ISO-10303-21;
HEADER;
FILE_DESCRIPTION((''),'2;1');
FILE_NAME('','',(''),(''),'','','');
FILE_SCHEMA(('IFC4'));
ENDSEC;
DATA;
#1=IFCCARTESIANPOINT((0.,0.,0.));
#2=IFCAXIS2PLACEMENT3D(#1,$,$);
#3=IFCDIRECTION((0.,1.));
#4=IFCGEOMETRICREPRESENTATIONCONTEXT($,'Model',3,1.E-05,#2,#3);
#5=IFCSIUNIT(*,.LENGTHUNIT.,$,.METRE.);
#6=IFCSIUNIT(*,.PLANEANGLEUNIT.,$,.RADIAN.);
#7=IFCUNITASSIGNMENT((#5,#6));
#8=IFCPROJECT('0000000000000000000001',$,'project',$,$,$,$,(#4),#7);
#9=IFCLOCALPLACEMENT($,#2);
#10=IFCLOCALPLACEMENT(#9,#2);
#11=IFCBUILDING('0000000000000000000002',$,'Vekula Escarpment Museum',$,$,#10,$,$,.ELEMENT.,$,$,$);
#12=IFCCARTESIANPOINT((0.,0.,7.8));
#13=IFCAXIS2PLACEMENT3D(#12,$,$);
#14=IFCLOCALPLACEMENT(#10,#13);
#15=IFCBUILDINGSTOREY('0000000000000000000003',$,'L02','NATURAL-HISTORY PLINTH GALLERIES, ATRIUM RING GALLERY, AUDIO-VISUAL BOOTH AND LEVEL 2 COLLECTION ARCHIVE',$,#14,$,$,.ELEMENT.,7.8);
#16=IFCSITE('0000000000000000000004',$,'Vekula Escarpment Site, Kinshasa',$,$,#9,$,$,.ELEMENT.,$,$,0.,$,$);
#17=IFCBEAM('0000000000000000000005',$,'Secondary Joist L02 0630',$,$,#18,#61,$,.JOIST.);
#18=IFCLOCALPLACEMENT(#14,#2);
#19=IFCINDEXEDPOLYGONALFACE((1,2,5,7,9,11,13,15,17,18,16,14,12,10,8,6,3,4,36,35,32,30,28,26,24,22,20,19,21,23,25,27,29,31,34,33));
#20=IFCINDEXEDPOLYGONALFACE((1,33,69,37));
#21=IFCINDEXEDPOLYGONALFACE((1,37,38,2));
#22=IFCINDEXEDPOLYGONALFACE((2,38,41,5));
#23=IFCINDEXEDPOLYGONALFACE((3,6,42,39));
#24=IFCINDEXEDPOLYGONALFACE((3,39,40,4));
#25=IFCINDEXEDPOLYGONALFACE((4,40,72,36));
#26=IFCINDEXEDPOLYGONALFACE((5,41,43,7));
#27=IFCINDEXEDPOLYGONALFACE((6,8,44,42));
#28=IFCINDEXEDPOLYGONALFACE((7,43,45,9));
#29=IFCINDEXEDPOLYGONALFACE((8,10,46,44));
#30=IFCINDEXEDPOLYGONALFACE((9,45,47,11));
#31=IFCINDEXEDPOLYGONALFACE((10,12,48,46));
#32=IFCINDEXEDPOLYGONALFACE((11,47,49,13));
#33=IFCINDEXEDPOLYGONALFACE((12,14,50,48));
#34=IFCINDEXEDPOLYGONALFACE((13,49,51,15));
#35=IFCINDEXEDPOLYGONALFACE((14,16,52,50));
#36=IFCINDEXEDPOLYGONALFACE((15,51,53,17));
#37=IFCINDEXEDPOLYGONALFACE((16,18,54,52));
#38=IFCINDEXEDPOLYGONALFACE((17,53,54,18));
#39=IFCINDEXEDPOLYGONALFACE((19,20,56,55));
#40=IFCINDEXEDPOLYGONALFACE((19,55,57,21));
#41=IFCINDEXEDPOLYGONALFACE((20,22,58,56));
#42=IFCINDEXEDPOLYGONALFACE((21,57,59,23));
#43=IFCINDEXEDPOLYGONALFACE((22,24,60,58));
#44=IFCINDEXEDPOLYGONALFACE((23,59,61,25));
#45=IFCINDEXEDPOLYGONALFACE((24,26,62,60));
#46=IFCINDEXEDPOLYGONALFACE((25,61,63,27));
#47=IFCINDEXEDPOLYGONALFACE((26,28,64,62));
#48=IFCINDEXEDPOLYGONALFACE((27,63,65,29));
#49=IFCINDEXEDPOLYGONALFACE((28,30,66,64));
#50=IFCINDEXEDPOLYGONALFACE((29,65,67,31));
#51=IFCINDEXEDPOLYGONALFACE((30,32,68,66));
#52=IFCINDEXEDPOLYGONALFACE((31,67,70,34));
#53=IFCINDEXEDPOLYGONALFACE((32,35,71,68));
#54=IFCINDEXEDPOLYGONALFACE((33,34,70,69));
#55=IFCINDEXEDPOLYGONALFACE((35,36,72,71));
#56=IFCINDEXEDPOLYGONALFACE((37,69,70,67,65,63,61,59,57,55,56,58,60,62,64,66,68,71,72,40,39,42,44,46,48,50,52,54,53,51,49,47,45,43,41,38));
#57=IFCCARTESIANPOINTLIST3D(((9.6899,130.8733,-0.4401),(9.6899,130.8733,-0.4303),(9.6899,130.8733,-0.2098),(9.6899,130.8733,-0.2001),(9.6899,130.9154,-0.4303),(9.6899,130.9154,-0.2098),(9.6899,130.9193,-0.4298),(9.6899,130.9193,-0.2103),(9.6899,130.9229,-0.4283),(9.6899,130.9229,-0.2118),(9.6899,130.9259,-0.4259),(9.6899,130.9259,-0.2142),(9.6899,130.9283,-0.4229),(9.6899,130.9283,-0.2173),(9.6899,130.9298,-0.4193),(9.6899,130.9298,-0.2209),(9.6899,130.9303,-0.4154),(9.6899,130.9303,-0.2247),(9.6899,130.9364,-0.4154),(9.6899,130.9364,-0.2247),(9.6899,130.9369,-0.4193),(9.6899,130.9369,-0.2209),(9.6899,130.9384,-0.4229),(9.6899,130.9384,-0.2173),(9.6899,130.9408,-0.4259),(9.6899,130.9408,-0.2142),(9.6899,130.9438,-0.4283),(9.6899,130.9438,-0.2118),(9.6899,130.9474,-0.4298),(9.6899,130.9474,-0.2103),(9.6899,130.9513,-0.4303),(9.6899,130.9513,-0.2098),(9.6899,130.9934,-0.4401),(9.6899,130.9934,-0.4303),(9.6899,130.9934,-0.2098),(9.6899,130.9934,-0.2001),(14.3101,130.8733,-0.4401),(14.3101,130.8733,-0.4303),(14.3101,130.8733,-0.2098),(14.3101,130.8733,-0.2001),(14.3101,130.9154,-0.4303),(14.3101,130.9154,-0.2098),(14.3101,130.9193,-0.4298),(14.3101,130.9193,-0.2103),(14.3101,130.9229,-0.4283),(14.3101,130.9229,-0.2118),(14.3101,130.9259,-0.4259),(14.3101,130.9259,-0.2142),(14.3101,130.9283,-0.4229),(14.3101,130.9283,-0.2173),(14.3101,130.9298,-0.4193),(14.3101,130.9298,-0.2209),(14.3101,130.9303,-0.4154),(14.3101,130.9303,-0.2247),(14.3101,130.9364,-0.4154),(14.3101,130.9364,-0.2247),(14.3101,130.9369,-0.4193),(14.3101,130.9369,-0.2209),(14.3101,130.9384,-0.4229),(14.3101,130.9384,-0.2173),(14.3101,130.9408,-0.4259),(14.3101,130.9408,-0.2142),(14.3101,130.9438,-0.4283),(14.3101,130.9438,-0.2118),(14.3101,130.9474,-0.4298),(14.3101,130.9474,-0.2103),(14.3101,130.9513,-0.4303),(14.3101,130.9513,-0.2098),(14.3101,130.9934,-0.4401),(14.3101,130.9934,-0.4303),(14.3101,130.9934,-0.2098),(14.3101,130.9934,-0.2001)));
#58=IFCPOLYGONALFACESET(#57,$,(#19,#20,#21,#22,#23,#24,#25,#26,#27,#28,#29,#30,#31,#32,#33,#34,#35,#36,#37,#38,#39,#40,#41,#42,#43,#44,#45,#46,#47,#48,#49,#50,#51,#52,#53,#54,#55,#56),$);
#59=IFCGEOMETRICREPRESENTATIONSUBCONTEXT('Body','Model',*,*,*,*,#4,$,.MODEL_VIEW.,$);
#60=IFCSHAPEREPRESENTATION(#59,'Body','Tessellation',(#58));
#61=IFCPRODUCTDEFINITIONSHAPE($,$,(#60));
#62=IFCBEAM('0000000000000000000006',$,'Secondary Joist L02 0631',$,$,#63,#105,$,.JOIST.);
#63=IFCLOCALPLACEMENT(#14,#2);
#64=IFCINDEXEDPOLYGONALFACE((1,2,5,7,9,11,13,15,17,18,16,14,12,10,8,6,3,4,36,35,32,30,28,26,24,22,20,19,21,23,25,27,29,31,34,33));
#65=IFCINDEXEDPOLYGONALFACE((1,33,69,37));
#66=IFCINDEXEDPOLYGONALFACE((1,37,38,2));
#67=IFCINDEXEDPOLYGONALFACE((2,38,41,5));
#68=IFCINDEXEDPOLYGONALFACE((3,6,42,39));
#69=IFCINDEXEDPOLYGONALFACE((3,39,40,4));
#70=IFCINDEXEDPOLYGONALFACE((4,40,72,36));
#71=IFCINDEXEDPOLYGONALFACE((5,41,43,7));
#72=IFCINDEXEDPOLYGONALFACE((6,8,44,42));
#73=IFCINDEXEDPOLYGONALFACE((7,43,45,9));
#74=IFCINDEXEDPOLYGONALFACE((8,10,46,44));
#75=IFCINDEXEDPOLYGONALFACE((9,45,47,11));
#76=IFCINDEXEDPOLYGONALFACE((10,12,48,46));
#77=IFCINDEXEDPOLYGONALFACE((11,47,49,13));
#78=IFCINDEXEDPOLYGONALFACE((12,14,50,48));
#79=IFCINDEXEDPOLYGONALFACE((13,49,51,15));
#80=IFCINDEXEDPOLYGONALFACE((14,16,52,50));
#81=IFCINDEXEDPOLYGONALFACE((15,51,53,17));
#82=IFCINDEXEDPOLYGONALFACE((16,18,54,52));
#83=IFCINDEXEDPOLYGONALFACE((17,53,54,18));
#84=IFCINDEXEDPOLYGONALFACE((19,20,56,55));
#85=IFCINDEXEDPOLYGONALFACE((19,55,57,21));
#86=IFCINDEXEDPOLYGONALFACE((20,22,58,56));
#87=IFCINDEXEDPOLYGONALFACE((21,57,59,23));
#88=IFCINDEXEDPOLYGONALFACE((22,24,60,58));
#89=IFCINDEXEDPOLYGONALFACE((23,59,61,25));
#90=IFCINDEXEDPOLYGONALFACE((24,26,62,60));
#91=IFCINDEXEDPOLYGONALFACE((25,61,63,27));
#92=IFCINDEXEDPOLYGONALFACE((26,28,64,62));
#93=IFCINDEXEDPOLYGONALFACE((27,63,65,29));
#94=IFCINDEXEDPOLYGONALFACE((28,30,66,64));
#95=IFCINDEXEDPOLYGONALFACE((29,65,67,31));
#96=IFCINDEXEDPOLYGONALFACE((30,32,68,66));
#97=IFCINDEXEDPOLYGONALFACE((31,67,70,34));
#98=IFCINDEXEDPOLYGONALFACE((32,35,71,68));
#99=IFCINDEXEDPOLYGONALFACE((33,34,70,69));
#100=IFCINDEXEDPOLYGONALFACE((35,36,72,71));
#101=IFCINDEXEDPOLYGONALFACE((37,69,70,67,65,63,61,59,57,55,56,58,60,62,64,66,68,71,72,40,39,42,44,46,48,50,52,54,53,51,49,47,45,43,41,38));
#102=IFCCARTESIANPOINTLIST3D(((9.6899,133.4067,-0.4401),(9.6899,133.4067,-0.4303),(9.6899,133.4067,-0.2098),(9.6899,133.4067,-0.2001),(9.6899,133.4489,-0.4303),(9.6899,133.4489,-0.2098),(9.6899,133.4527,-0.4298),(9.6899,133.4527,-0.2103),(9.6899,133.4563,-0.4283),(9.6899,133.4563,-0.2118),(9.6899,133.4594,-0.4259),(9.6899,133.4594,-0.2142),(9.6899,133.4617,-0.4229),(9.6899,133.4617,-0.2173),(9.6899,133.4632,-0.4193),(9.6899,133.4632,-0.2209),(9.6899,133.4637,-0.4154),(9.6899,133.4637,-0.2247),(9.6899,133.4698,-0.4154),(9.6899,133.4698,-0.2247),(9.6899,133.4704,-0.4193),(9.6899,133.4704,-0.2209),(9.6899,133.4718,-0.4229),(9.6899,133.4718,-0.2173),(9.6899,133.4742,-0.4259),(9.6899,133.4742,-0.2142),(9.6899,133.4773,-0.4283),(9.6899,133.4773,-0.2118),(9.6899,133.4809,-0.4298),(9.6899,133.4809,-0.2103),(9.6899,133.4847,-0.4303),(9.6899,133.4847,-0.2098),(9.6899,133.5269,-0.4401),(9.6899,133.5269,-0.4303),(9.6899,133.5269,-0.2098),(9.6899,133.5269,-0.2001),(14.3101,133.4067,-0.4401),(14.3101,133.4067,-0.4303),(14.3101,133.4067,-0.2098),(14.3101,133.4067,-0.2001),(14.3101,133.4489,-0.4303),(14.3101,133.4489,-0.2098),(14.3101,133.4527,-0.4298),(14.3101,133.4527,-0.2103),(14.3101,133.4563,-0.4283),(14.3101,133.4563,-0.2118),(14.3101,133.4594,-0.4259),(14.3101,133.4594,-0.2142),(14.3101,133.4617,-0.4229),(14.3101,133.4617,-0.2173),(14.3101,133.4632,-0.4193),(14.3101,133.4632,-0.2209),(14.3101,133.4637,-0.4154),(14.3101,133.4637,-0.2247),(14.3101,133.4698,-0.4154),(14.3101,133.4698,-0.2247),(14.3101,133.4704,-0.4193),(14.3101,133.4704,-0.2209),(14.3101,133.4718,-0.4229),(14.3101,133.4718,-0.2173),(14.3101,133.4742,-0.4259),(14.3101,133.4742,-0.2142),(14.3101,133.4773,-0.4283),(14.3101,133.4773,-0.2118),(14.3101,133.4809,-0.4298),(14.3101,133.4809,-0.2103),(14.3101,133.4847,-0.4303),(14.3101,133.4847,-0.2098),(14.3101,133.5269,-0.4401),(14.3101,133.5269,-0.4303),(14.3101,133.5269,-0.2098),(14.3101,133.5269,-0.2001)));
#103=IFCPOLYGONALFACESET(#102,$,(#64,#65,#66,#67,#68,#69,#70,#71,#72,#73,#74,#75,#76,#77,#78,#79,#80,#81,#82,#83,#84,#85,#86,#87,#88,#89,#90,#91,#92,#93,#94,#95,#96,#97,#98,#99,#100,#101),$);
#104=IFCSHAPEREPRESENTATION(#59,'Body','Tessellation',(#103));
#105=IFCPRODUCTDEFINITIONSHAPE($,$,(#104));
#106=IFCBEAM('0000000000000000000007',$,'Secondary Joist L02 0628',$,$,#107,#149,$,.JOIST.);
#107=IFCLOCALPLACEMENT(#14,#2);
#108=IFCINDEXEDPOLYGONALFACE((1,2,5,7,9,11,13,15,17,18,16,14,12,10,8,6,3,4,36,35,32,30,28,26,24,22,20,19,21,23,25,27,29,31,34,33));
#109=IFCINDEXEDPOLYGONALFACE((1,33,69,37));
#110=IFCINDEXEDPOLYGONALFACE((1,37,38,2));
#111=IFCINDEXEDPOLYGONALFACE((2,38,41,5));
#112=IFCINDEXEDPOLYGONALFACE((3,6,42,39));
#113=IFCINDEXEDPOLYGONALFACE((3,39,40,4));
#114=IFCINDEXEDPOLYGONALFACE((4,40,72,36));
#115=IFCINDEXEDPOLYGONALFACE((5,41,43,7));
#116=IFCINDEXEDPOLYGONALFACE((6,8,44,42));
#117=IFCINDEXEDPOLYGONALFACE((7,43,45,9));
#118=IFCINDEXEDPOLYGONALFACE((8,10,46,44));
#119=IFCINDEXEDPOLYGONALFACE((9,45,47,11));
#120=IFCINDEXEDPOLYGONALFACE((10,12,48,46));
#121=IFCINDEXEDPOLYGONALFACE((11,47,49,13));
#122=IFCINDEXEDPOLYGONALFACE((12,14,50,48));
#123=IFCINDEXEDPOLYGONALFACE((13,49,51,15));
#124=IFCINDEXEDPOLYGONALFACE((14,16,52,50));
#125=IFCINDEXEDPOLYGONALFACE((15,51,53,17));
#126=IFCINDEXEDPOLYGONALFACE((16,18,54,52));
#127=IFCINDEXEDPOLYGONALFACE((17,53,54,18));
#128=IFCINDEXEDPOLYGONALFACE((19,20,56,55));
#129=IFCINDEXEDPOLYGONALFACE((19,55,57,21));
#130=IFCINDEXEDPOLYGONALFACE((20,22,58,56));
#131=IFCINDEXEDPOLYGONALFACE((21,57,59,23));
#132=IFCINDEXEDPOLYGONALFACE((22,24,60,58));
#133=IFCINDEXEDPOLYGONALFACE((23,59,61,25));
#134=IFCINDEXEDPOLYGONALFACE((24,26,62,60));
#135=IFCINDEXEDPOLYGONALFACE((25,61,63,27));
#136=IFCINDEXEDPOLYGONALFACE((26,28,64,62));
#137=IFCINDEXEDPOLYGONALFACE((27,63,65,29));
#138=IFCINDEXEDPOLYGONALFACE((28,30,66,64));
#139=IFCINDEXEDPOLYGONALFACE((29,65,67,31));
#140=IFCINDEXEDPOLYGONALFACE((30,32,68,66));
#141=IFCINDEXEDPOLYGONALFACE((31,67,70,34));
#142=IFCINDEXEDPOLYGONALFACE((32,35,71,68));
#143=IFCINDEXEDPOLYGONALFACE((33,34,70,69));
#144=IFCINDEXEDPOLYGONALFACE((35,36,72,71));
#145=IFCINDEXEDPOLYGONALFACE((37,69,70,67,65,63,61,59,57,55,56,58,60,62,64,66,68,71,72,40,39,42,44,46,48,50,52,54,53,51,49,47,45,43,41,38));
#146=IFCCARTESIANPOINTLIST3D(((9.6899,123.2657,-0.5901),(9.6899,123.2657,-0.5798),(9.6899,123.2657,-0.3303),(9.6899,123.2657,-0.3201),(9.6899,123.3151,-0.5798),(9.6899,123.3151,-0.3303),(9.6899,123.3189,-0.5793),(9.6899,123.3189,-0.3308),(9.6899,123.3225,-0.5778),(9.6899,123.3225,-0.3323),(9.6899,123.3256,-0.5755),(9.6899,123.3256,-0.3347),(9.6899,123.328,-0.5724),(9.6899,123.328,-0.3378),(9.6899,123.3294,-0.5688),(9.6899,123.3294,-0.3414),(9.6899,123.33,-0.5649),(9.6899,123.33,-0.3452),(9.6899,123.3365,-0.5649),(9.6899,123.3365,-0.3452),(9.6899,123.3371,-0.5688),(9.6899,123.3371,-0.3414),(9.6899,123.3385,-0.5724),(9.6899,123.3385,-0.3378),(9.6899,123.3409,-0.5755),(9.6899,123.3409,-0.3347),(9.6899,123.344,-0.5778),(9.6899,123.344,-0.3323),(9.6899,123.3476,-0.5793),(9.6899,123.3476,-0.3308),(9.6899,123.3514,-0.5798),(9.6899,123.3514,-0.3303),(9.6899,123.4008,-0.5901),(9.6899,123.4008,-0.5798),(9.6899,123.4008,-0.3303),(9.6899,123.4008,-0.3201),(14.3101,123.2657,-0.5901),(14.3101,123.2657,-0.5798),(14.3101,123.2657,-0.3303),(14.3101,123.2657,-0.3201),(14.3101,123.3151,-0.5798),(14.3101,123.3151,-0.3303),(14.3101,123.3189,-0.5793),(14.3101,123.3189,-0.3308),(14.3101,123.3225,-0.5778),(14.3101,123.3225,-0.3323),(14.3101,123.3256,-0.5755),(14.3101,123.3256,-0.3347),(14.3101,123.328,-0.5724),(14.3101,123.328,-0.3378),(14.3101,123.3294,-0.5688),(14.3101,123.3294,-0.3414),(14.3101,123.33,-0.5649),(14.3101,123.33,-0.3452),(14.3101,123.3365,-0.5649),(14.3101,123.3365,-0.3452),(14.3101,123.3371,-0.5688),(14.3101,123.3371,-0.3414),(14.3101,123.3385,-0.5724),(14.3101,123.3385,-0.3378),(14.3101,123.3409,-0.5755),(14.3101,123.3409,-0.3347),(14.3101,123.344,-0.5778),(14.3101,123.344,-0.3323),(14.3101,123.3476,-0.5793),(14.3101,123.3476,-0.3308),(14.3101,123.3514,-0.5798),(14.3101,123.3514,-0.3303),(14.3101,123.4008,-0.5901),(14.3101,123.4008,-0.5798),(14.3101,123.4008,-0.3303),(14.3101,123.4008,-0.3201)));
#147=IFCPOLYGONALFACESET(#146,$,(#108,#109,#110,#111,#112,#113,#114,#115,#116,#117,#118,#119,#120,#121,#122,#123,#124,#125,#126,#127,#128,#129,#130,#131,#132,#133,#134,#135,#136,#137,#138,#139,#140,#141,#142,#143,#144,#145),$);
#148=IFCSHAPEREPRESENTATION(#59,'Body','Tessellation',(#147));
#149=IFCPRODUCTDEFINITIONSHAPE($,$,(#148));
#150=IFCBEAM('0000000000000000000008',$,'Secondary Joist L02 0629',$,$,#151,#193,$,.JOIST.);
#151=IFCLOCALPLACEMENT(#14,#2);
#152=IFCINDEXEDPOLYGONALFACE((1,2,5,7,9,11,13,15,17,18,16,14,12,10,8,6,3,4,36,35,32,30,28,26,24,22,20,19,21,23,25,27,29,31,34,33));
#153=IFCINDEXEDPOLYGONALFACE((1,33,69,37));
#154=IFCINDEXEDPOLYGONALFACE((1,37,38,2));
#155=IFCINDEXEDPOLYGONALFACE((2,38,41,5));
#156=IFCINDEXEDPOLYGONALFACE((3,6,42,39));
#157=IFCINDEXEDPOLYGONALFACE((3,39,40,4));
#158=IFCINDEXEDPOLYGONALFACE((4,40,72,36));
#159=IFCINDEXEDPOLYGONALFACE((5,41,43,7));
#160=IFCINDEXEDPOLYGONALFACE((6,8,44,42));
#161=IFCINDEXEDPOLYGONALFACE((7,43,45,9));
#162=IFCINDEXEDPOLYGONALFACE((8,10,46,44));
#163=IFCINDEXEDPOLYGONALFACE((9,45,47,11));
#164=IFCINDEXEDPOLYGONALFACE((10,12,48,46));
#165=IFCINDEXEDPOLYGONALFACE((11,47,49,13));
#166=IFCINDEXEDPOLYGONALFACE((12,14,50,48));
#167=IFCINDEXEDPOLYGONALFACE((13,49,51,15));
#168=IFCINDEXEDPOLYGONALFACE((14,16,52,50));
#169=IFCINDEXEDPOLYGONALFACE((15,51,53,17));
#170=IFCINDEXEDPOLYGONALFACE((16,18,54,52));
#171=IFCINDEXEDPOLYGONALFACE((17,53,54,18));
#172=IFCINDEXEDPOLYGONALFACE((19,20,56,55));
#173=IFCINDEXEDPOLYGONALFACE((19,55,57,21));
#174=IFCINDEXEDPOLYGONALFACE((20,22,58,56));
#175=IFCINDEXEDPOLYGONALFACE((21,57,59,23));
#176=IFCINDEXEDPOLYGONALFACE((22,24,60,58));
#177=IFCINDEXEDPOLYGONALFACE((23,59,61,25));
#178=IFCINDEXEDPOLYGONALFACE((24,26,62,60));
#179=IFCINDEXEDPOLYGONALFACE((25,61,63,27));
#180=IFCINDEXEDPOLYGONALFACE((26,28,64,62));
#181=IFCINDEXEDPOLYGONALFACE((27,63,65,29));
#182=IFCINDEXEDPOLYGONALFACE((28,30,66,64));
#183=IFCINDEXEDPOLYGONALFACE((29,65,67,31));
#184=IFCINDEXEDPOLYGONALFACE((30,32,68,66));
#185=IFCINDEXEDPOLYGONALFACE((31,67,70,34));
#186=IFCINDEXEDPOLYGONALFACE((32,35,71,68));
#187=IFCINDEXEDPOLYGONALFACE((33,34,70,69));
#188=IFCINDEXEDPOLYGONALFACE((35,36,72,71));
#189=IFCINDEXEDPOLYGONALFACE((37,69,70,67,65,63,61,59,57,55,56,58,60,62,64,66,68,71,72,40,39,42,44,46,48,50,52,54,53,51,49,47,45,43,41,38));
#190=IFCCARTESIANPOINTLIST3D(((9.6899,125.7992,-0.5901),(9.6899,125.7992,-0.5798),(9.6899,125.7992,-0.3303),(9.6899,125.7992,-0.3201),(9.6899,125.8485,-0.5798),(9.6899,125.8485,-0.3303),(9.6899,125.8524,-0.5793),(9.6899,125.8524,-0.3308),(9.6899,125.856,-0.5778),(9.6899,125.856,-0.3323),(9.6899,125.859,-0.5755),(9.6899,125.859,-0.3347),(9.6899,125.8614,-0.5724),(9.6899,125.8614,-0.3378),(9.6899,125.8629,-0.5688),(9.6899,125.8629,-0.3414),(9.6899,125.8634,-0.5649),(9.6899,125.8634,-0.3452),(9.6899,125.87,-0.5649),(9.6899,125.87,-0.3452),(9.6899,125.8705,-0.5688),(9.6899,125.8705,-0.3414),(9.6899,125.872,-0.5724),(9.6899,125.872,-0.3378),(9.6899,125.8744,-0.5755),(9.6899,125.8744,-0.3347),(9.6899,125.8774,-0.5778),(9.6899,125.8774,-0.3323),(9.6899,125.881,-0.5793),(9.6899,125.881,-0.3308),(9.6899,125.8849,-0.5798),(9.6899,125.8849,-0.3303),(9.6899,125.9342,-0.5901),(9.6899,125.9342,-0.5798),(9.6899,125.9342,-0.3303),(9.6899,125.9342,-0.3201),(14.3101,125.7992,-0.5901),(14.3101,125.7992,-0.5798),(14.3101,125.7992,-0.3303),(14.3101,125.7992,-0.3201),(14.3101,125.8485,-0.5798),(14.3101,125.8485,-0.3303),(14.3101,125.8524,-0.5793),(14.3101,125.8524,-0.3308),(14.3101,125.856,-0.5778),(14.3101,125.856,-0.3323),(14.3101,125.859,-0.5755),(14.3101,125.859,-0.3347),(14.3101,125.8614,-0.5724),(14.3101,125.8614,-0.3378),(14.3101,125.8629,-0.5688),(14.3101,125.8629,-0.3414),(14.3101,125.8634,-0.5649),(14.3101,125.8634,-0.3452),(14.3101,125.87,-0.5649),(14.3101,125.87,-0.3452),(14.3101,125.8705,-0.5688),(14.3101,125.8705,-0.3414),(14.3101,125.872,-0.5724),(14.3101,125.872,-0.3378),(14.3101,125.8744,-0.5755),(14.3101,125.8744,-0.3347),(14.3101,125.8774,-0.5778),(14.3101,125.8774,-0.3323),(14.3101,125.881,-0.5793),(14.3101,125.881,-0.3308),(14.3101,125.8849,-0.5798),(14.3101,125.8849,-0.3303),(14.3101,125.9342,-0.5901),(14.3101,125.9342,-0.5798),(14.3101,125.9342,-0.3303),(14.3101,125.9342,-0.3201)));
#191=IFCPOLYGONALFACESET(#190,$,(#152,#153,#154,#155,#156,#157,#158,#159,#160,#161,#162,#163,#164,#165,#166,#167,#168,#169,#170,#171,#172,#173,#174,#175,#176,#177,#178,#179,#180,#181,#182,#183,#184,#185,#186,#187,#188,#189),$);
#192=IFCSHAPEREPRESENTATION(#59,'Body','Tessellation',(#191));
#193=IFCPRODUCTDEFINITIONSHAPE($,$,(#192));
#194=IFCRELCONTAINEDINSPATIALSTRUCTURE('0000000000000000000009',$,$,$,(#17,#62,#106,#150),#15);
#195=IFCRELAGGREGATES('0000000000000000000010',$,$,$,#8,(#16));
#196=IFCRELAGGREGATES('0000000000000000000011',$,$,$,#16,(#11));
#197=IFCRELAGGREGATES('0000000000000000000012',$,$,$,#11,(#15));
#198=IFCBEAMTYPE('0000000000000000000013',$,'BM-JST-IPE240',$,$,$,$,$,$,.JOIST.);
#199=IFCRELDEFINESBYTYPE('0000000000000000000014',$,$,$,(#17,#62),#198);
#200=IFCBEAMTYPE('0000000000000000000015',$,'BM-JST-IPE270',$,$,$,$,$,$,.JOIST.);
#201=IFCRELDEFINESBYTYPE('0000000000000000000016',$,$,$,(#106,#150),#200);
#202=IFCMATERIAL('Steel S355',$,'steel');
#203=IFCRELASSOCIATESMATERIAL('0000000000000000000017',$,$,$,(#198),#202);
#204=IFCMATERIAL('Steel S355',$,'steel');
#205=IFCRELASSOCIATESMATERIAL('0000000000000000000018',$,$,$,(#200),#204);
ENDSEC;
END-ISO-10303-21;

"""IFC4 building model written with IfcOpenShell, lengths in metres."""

from ifc_helpers import new_model, si_unit, direction, frame, origin, origin_2d, place, context, subcontext, project, spatial, i_section, extrude, material, material_profile, profile_set, type_object, element, save


model = new_model("IFC4")

# Units and contexts
model_context = context("Model", 3, precision=1e-05, world=origin(), true_north=direction((0.0, 1.0)))
body_context = subcontext(model_context, "Body", "Model", "MODEL_VIEW")
ifc_project = project(units=[si_unit("LENGTHUNIT", "METRE"), si_unit("PLANEANGLEUNIT", "RADIAN")], contexts=[model_context])

# Site, building, storey
site_placement = place(None, origin())
site = spatial("IfcSite", under=ifc_project, at=site_placement, Name="Vekula Escarpment Site, Kinshasa", CompositionType="ELEMENT", RefElevation=0.0)
building_placement = place(site_placement, origin())
building = spatial("IfcBuilding", under=site, at=building_placement, Name="Vekula Escarpment Museum", CompositionType="ELEMENT")
storey_placement = place(building_placement, frame((0.0, 0.0, 7.8)))
storey = spatial("IfcBuildingStorey", under=building, at=storey_placement, Name="L02", Description="NATURAL-HISTORY PLINTH GALLERIES, ATRIUM RING GALLERY, AUDIO-VISUAL BOOTH AND LEVEL 2 COLLECTION ARCHIVE", CompositionType="ELEMENT", Elevation=7.8)

# Beams
ifc_material_1 = material(Name="Steel S355", Category="steel")
ifc_material_profile_1 = material_profile(ifc_material_1, i_section(OverallWidth=0.1201, OverallDepth=0.24, WebThickness=0.0061, FlangeThickness=0.0098, FilletRadius=0.0149, at=origin_2d()), Name="IPE 240")
ifc_profile_set_1 = profile_set([ifc_material_profile_1], Name="Steel S355")
beam_type_1 = type_object("IfcBeamType", Name="BM-JST-IPE240", PredefinedType="JOIST", material=ifc_profile_set_1)
for number, where, z_axis, x_axis, name in (
    (1, (9.6899, 130.9333, -0.3201), (1.0, 0.0, 0.0), (0.0, 1.0, 0.0), "Secondary Joist L02 0630"),
    (2, (9.6899, 133.4668, -0.3201), (1.0, 0.0, 0.0), (0.0, 1.0, 0.0), "Secondary Joist L02 0631"),
):
    element("IfcBeam", number, at=place(storey_placement, frame(where, z_axis=z_axis, x_axis=x_axis)), inside=storey, type_object=beam_type_1, Name=name, PredefinedType="JOIST", context=body_context, shape_type="SweptSolid", body=[
        extrude(i_section(OverallWidth=0.1201, OverallDepth=0.24, WebThickness=0.0061, FlangeThickness=0.0098, FilletRadius=0.0149, at=origin_2d()), origin(), (0.0, 0.0, 1.0), 4.6201),
    ])
ifc_material_2 = material(Name="Steel S355", Category="steel")
ifc_material_profile_2 = material_profile(ifc_material_2, i_section(OverallWidth=0.135, OverallDepth=0.27, WebThickness=0.0066, FlangeThickness=0.0103, FilletRadius=0.0149, at=origin_2d()), Name="IPE 270")
ifc_profile_set_2 = profile_set([ifc_material_profile_2], Name="Steel S355")
beam_type_2 = type_object("IfcBeamType", Name="BM-JST-IPE270", PredefinedType="JOIST", material=ifc_profile_set_2)
for number, where, z_axis, x_axis, name in (
    (3, (9.6899, 123.3333, -0.4551), (1.0, 0.0, 0.0), (0.0, 1.0, 0.0), "Secondary Joist L02 0628"),
    (4, (9.6899, 125.8667, -0.4551), (1.0, 0.0, 0.0), (0.0, 1.0, 0.0), "Secondary Joist L02 0629"),
):
    element("IfcBeam", number, at=place(storey_placement, frame(where, z_axis=z_axis, x_axis=x_axis)), inside=storey, type_object=beam_type_2, Name=name, PredefinedType="JOIST", context=body_context, shape_type="SweptSolid", body=[
        extrude(i_section(OverallWidth=0.135, OverallDepth=0.27, WebThickness=0.0066, FlangeThickness=0.0103, FilletRadius=0.0149, at=origin_2d()), origin(), (0.0, 0.0, 1.0), 4.6201),
    ])

save(model, "model.ifc")
